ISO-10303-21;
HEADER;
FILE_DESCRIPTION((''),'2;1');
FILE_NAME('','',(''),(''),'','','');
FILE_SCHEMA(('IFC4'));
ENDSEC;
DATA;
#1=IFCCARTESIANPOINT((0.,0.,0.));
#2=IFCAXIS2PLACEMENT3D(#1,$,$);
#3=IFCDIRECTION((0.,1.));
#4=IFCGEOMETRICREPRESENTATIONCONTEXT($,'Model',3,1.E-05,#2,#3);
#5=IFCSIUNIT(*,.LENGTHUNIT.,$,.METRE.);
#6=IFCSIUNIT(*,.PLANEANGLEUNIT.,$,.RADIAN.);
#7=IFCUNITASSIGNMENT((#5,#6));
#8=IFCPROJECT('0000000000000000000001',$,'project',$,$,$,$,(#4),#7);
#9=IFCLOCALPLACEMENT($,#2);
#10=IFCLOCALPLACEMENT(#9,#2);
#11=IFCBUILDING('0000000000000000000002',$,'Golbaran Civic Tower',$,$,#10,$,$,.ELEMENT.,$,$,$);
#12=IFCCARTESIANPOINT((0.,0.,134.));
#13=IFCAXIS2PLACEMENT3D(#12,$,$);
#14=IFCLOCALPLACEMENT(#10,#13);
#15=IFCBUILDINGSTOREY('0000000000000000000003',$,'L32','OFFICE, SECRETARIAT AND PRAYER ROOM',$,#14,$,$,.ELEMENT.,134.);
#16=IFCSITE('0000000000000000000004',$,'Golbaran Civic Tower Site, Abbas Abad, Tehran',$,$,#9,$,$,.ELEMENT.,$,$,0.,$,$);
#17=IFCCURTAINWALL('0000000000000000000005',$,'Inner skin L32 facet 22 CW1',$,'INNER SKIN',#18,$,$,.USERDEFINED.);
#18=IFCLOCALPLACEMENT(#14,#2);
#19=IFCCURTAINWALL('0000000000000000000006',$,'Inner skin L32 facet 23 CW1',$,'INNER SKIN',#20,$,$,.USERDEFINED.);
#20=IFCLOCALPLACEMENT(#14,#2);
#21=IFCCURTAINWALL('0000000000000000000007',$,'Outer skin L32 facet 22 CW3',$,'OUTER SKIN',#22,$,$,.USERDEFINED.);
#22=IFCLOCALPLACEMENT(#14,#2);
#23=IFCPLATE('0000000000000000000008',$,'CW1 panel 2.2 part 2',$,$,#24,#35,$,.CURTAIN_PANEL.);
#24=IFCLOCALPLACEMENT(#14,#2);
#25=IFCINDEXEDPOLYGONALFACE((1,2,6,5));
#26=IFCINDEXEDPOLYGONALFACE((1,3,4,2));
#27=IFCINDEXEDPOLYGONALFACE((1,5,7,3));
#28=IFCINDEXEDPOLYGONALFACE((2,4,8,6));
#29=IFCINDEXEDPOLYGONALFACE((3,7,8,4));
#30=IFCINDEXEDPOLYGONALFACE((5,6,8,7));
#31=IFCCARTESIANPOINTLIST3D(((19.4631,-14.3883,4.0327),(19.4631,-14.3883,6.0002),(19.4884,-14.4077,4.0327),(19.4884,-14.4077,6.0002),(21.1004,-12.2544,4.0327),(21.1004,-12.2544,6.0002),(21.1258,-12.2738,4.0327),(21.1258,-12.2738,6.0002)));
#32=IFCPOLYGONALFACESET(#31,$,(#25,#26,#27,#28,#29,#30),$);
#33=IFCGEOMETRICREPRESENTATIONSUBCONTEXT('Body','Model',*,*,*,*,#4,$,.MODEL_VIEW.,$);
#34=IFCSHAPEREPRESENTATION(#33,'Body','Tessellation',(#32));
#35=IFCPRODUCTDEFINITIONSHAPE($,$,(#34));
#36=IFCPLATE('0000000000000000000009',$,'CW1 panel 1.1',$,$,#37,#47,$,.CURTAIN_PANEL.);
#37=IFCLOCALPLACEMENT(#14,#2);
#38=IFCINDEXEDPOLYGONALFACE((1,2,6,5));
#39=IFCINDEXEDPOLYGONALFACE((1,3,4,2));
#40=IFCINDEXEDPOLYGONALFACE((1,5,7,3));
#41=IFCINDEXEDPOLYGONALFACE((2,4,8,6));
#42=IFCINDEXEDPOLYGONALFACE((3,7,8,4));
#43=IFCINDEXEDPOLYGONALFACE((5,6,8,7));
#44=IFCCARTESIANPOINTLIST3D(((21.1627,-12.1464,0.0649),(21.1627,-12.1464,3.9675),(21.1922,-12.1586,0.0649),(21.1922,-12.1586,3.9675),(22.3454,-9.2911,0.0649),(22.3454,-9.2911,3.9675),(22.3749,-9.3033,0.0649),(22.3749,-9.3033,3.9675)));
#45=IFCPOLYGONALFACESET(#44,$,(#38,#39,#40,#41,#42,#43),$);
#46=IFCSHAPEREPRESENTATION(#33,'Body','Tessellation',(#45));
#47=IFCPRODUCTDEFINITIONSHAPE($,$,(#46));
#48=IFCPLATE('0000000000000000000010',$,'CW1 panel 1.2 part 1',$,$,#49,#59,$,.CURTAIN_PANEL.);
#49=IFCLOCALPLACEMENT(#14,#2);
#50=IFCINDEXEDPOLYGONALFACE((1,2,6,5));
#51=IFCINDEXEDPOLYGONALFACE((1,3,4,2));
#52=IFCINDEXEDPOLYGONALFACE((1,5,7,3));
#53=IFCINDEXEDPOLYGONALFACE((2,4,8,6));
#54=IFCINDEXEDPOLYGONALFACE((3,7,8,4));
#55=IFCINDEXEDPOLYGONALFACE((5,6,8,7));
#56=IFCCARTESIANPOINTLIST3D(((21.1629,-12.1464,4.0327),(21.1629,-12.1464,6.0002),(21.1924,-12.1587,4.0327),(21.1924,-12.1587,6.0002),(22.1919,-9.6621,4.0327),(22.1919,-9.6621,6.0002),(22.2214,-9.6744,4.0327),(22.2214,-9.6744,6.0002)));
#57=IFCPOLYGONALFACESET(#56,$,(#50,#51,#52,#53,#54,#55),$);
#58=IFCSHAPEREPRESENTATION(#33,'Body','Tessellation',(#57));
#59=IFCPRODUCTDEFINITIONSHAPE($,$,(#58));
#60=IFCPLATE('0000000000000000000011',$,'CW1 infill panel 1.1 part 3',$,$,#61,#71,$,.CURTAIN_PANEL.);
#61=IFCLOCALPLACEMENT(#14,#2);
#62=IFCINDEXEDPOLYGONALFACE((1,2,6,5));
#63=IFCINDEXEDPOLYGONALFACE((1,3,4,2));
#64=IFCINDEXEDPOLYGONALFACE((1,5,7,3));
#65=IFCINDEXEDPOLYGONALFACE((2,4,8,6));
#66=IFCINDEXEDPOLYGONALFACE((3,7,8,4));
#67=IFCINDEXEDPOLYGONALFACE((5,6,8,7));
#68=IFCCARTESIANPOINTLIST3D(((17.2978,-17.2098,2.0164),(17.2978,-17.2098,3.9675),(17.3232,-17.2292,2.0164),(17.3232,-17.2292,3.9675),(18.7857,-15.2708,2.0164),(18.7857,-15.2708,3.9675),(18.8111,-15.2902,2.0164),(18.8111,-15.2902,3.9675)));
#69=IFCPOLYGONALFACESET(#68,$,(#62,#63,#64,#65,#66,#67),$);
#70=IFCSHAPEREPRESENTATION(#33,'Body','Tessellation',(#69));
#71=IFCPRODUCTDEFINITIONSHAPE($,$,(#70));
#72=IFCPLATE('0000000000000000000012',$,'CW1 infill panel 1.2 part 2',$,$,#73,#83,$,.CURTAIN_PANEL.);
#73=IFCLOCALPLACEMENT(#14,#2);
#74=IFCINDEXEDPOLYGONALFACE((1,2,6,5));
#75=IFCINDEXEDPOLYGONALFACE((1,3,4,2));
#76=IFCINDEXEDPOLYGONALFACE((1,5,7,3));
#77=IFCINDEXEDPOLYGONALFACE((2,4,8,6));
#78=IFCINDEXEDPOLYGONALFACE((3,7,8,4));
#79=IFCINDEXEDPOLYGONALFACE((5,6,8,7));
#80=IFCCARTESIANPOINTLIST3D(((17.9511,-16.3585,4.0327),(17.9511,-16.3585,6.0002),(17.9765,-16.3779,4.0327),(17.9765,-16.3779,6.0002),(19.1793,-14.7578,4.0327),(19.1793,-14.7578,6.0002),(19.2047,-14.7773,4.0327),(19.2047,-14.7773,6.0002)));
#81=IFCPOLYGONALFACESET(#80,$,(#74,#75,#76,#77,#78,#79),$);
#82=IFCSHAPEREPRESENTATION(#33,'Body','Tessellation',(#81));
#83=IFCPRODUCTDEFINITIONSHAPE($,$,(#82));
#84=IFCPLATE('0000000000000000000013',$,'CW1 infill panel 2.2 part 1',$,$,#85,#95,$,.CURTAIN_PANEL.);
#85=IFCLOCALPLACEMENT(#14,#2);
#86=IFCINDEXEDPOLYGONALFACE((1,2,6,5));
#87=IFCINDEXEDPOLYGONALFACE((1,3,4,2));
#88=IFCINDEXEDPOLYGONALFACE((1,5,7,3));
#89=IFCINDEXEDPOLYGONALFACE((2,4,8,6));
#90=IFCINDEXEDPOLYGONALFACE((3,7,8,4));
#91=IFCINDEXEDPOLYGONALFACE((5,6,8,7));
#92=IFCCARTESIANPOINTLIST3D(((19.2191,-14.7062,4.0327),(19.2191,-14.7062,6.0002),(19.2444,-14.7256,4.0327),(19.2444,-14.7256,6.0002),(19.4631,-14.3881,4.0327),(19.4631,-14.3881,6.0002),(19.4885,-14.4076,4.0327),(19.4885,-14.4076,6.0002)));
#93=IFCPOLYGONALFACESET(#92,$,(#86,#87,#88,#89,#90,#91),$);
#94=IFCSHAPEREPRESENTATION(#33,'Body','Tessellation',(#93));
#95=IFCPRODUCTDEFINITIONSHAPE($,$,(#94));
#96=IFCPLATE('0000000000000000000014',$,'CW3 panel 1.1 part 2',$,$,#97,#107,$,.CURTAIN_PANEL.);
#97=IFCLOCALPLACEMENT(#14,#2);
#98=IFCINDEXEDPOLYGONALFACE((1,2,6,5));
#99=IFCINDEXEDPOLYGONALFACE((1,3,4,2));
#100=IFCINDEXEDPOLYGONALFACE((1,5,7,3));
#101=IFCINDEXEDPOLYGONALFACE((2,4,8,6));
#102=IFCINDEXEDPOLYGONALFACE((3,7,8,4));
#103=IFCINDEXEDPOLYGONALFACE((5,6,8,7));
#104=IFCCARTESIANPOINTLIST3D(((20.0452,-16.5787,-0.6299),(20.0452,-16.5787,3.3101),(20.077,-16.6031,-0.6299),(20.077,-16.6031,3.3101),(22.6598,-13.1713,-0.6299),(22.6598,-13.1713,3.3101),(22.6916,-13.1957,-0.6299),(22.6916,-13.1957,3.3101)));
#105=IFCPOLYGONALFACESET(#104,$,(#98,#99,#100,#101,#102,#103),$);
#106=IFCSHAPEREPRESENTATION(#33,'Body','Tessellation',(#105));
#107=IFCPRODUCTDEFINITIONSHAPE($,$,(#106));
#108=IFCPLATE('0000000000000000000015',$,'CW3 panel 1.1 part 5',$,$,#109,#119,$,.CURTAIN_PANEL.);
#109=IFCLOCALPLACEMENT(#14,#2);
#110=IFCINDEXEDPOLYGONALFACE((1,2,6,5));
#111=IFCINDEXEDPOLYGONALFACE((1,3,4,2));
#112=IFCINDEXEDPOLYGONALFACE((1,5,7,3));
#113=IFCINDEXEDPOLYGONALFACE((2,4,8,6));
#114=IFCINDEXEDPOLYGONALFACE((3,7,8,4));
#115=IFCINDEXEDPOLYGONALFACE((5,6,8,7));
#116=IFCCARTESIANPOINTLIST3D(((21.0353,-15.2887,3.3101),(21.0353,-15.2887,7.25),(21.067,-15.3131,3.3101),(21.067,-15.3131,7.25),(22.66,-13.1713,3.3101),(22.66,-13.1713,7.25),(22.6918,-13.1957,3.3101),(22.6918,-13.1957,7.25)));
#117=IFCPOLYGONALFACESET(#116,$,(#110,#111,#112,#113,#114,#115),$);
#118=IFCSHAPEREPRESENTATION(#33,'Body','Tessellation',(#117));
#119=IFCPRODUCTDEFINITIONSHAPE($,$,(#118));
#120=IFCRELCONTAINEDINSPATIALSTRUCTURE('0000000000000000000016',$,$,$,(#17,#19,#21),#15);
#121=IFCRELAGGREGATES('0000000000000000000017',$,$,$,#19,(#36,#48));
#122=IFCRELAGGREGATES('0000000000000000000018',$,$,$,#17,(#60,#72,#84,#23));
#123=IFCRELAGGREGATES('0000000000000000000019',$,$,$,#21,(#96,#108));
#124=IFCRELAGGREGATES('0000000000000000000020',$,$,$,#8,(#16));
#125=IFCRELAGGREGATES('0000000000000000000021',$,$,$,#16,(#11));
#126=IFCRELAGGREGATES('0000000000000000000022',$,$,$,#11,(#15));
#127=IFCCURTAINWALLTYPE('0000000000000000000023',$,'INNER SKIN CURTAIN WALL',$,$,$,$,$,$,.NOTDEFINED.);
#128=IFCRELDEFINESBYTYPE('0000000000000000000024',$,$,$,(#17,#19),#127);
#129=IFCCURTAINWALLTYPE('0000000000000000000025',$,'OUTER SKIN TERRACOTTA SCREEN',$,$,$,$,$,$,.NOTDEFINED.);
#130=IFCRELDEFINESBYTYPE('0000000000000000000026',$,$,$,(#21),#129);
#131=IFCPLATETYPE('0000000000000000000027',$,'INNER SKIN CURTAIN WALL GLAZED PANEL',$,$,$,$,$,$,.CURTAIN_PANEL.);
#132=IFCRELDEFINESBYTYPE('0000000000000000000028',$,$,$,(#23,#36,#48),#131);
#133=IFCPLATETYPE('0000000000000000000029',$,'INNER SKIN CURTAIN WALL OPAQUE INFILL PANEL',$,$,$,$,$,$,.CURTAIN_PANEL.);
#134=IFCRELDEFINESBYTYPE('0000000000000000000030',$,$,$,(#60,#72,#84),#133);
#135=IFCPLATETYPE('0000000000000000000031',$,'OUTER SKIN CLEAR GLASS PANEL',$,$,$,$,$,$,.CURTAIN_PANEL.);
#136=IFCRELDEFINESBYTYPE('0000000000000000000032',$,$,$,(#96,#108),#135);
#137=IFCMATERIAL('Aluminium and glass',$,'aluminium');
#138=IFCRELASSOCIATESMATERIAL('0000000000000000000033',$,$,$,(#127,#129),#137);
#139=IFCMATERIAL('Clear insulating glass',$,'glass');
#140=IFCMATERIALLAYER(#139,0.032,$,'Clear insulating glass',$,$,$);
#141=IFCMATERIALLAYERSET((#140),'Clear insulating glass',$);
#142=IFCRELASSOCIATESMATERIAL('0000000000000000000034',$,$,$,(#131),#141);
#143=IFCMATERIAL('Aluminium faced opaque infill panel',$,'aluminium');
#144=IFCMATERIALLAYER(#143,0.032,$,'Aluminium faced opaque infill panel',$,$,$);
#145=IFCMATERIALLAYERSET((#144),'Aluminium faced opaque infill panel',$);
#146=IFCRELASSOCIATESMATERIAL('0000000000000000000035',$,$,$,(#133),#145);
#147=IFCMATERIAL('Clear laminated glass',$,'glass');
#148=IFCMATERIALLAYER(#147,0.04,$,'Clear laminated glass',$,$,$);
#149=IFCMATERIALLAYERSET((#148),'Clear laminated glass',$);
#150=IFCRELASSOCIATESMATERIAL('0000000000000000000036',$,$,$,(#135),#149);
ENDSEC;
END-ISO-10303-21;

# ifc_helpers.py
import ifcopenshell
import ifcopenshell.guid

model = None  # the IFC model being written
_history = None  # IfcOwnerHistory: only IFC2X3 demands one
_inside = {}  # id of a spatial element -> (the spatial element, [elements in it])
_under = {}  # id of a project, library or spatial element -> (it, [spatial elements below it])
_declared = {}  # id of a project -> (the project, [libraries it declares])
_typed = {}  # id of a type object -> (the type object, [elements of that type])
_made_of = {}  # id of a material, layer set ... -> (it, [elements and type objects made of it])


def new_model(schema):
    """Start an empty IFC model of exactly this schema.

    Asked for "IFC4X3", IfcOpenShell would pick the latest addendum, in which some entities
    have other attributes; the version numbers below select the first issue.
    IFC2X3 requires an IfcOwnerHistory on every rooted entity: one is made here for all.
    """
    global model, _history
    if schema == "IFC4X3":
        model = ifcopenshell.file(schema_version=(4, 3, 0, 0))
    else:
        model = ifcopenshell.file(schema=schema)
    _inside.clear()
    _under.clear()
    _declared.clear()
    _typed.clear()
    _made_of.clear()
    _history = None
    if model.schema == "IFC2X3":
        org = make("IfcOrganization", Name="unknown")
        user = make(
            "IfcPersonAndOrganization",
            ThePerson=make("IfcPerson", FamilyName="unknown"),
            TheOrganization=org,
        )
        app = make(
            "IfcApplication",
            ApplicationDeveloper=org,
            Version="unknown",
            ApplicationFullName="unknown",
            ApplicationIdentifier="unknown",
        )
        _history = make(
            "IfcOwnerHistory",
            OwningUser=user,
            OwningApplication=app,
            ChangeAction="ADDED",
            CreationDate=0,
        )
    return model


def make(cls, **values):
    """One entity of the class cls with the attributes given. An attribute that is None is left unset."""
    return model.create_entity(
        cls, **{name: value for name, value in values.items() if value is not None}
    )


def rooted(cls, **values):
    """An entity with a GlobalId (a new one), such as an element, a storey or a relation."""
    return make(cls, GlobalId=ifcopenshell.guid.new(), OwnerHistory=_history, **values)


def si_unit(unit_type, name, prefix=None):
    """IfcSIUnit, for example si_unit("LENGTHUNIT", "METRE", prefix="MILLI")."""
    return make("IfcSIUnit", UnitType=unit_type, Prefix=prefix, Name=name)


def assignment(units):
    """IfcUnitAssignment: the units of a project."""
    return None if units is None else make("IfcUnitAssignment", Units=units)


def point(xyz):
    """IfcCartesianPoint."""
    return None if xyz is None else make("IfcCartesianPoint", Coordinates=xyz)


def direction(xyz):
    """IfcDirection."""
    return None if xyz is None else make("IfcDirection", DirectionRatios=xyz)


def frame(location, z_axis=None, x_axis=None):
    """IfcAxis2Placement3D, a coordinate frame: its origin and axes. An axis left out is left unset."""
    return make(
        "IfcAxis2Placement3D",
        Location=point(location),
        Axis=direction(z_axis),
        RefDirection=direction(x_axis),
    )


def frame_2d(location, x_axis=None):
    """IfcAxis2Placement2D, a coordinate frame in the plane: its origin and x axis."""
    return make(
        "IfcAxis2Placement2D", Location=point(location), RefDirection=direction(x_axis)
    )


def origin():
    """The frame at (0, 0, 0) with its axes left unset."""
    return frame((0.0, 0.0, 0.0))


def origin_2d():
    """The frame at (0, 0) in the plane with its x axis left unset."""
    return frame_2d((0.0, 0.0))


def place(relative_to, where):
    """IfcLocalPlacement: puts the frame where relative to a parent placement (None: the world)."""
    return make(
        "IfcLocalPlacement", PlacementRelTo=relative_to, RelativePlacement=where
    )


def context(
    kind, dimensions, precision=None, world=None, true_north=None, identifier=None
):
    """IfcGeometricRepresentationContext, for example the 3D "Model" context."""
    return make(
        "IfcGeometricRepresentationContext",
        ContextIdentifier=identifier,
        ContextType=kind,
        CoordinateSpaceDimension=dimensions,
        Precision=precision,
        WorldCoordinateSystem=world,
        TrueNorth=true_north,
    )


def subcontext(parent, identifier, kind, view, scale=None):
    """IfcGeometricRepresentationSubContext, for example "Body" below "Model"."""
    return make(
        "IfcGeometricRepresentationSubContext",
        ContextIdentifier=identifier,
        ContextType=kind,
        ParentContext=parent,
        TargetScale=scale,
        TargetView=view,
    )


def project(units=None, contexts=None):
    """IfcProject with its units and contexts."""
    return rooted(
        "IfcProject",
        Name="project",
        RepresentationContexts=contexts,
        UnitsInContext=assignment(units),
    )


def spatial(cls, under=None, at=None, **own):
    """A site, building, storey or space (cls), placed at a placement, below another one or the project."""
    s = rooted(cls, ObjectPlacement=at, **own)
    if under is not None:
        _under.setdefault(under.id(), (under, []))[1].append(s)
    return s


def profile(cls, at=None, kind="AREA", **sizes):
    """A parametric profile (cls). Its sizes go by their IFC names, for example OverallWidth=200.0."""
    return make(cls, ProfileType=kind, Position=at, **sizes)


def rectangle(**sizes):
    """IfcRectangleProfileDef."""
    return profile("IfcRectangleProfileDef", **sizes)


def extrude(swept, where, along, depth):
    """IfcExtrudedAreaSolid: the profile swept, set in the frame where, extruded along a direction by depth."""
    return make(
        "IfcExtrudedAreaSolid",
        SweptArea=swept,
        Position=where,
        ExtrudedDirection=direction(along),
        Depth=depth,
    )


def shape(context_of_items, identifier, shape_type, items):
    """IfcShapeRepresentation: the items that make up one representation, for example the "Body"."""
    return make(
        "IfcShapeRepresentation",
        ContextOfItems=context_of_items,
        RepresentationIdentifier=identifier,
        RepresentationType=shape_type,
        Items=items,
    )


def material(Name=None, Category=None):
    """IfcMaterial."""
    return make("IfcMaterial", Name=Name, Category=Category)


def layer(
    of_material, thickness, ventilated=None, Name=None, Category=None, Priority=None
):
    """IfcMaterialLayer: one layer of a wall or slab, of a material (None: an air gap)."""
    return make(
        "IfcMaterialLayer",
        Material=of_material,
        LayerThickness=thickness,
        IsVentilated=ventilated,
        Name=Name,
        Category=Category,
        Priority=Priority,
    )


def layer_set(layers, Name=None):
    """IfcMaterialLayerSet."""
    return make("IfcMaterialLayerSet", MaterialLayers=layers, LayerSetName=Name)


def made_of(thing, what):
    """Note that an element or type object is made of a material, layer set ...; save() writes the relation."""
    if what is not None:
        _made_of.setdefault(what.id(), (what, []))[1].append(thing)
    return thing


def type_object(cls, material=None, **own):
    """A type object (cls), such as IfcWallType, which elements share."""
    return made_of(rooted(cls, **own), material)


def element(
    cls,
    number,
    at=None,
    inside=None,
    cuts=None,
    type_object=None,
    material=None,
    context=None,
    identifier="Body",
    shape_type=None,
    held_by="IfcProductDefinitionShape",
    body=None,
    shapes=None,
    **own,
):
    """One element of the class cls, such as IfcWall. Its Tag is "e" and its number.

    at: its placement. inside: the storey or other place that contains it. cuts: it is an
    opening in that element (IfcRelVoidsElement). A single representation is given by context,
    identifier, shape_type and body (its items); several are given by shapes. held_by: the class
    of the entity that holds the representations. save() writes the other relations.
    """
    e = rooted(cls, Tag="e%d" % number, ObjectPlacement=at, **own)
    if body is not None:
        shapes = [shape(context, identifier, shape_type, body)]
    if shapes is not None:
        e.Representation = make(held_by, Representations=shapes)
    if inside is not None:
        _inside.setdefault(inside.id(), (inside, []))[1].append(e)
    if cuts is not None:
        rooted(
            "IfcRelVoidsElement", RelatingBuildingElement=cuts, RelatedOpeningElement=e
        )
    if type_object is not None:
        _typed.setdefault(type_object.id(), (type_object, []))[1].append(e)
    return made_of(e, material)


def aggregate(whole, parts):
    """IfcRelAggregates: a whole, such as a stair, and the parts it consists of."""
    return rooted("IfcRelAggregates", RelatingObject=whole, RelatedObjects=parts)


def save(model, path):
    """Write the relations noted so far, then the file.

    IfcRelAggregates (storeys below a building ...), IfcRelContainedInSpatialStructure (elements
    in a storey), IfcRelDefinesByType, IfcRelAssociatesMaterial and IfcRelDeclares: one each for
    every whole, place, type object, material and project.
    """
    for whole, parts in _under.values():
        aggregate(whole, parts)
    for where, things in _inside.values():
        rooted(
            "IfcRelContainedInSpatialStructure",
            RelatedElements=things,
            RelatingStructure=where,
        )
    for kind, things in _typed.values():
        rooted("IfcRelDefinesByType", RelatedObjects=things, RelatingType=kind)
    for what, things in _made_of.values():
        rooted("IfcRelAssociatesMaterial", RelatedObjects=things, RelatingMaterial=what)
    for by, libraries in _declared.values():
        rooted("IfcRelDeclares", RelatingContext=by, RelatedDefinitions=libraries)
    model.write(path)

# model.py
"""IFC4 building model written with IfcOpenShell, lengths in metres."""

from ifc_helpers import new_model, si_unit, direction, frame, origin, origin_2d, place, context, subcontext, project, spatial, rectangle, extrude, material, layer, layer_set, type_object, element, aggregate, save


model = new_model("IFC4")

# Units and contexts
model_context = context("Model", 3, precision=1e-05, world=origin(), true_north=direction((0.0, 1.0)))
body_context = subcontext(model_context, "Body", "Model", "MODEL_VIEW")
ifc_project = project(units=[si_unit("LENGTHUNIT", "METRE"), si_unit("PLANEANGLEUNIT", "RADIAN")], contexts=[model_context])

# Site, building, storey
site_placement = place(None, origin())
site = spatial("IfcSite", under=ifc_project, at=site_placement, Name="Golbaran Civic Tower Site, Abbas Abad, Tehran", CompositionType="ELEMENT", RefElevation=0.0)
building_placement = place(site_placement, origin())
building = spatial("IfcBuilding", under=site, at=building_placement, Name="Golbaran Civic Tower", CompositionType="ELEMENT")
storey_placement = place(building_placement, frame((0.0, 0.0, 134.0)))
storey = spatial("IfcBuildingStorey", under=building, at=storey_placement, Name="L32", Description="OFFICE, SECRETARIAT AND PRAYER ROOM", CompositionType="ELEMENT", Elevation=134.0)

# Curtain wall
ifc_material_1 = material(Name="Aluminium and glass", Category="aluminium")
curtain_wall_type_1 = type_object("IfcCurtainWallType", Name="INNER SKIN CURTAIN WALL", PredefinedType="NOTDEFINED", material=ifc_material_1)
curtain_wall_1_placement = place(storey_placement, origin())
curtain_wall_1 = element("IfcCurtainWall", 1, at=curtain_wall_1_placement, inside=storey, type_object=curtain_wall_type_1, Name="Inner skin L32 facet 22 CW1", ObjectType="INNER SKIN", PredefinedType="USERDEFINED")

# Curtain wall
curtain_wall_2_placement = place(storey_placement, origin())
curtain_wall_2 = element("IfcCurtainWall", 2, at=curtain_wall_2_placement, inside=storey, type_object=curtain_wall_type_1, Name="Inner skin L32 facet 23 CW1", ObjectType="INNER SKIN", PredefinedType="USERDEFINED")

# Curtain wall
curtain_wall_type_2 = type_object("IfcCurtainWallType", Name="OUTER SKIN TERRACOTTA SCREEN", PredefinedType="NOTDEFINED", material=ifc_material_1)
curtain_wall_3_placement = place(storey_placement, origin())
curtain_wall_3 = element("IfcCurtainWall", 3, at=curtain_wall_3_placement, inside=storey, type_object=curtain_wall_type_2, Name="Outer skin L32 facet 22 CW3", ObjectType="OUTER SKIN", PredefinedType="USERDEFINED")

# Plates
ifc_material_2 = material(Name="Clear insulating glass", Category="glass")
ifc_layer_1 = layer(ifc_material_2, 0.032, Name="Clear insulating glass")
ifc_layer_set_1 = layer_set([ifc_layer_1], Name="Clear insulating glass")
plate_type_1 = type_object("IfcPlateType", Name="INNER SKIN CURTAIN WALL GLAZED PANEL", PredefinedType="CURTAIN_PANEL", material=ifc_layer_set_1)
plate_1_placement = place(storey_placement, frame((20.2944, -13.3311, 4.0327), z_axis=(0.0, 0.0, 1.0), x_axis=(0.608761, 0.793353, 0.0)))
plate_1 = element("IfcPlate", 4, at=plate_1_placement, type_object=plate_type_1, Name="CW1 panel 2.2 part 2", PredefinedType="CURTAIN_PANEL", context=body_context, shape_type="SweptSolid", body=[
    extrude(rectangle(XDim=2.6897, YDim=0.032, at=origin_2d()), origin(), (0.0, 0.0, 1.0), 1.9675),
])
plate_2_placement = place(storey_placement, frame((21.7688, -10.7249, 0.0649), z_axis=(0.0, 0.0, 1.0), x_axis=(0.382683, 0.92388, 0.0)))
plate_2 = element("IfcPlate", 5, at=plate_2_placement, type_object=plate_type_1, Name="CW1 panel 1.1", PredefinedType="CURTAIN_PANEL", context=body_context, shape_type="SweptSolid", body=[
    extrude(rectangle(XDim=3.0906, YDim=0.032, at=origin_2d()), origin(), (0.0, 0.0, 1.0), 3.9026),
])
plate_3_placement = place(storey_placement, frame((21.6921, -10.9104, 4.0327), z_axis=(0.0, 0.0, 1.0), x_axis=(0.382683, 0.92388, 0.0)))
plate_3 = element("IfcPlate", 6, at=plate_3_placement, type_object=plate_type_1, Name="CW1 panel 1.2 part 1", PredefinedType="CURTAIN_PANEL", context=body_context, shape_type="SweptSolid", body=[
    extrude(rectangle(XDim=2.689, YDim=0.032, at=origin_2d()), origin(), (0.0, 0.0, 1.0), 1.9675),
])
aggregate(curtain_wall_2, [plate_2, plate_3])
ifc_material_3 = material(Name="Aluminium faced opaque infill panel", Category="aluminium")
ifc_layer_2 = layer(ifc_material_3, 0.032, Name="Aluminium faced opaque infill panel")
ifc_layer_set_2 = layer_set([ifc_layer_2], Name="Aluminium faced opaque infill panel")
plate_type_2 = type_object("IfcPlateType", Name="INNER SKIN CURTAIN WALL OPAQUE INFILL PANEL", PredefinedType="CURTAIN_PANEL", material=ifc_layer_set_2)
plate_4_placement = place(storey_placement, frame((18.0544, -16.25, 2.0164), z_axis=(0.0, 0.0, 1.0), x_axis=(0.608761, 0.793353, 0.0)))
plate_4 = element("IfcPlate", 7, at=plate_4_placement, type_object=plate_type_2, Name="CW1 infill panel 1.1 part 3", PredefinedType="CURTAIN_PANEL", context=body_context, shape_type="SweptSolid", body=[
    extrude(rectangle(XDim=2.4441, YDim=0.032, at=origin_2d()), origin(), (0.0, 0.0, 1.0), 1.9512),
])
plate_5_placement = place(storey_placement, frame((18.5779, -15.5679, 4.0327), z_axis=(0.0, 0.0, 1.0), x_axis=(0.608761, 0.793353, 0.0)))
plate_5 = element("IfcPlate", 8, at=plate_5_placement, type_object=plate_type_2, Name="CW1 infill panel 1.2 part 2", PredefinedType="CURTAIN_PANEL", context=body_context, shape_type="SweptSolid", body=[
    extrude(rectangle(XDim=2.0176, YDim=0.032, at=origin_2d()), origin(), (0.0, 0.0, 1.0), 1.9675),
])
plate_6_placement = place(storey_placement, frame((19.3538, -14.5569, 4.0327), z_axis=(0.0, 0.0, 1.0), x_axis=(0.608761, 0.793353, 0.0)))
plate_6 = element("IfcPlate", 9, at=plate_6_placement, type_object=plate_type_2, Name="CW1 infill panel 2.2 part 1", PredefinedType="CURTAIN_PANEL", context=body_context, shape_type="SweptSolid", body=[
    extrude(rectangle(XDim=0.4009, YDim=0.032, at=origin_2d()), origin(), (0.0, 0.0, 1.0), 1.9675),
])
aggregate(curtain_wall_1, [plate_4, plate_5, plate_6, plate_1])
ifc_material_4 = material(Name="Clear laminated glass", Category="glass")
ifc_layer_3 = layer(ifc_material_4, 0.04, Name="Clear laminated glass")
ifc_layer_set_3 = layer_set([ifc_layer_3], Name="Clear laminated glass")
plate_type_3 = type_object("IfcPlateType", Name="OUTER SKIN CLEAR GLASS PANEL", PredefinedType="CURTAIN_PANEL", material=ifc_layer_set_3)
plate_7_placement = place(storey_placement, frame((21.3684, -14.8872, -0.6299), z_axis=(0.0, 0.0, 1.0), x_axis=(0.608761, 0.793353, 0.0)))
plate_7 = element("IfcPlate", 10, at=plate_7_placement, type_object=plate_type_3, Name="CW3 panel 1.1 part 2", PredefinedType="CURTAIN_PANEL", context=body_context, shape_type="SweptSolid", body=[
    extrude(rectangle(XDim=4.2949, YDim=0.04, at=origin_2d()), origin(), (0.0, 0.0, 1.0), 3.9399),
])
plate_8_placement = place(storey_placement, frame((21.8635, -14.2422, 3.3101), z_axis=(0.0, 0.0, 1.0), x_axis=(0.608761, 0.793353, 0.0)))
plate_8 = element("IfcPlate", 11, at=plate_8_placement, type_object=plate_type_3, Name="CW3 panel 1.1 part 5", PredefinedType="CURTAIN_PANEL", context=body_context, shape_type="SweptSolid", body=[
    extrude(rectangle(XDim=2.6689, YDim=0.04, at=origin_2d()), origin(), (0.0, 0.0, 1.0), 3.9399),
])
aggregate(curtain_wall_3, [plate_7, plate_8])

save(model, "model.ifc")
